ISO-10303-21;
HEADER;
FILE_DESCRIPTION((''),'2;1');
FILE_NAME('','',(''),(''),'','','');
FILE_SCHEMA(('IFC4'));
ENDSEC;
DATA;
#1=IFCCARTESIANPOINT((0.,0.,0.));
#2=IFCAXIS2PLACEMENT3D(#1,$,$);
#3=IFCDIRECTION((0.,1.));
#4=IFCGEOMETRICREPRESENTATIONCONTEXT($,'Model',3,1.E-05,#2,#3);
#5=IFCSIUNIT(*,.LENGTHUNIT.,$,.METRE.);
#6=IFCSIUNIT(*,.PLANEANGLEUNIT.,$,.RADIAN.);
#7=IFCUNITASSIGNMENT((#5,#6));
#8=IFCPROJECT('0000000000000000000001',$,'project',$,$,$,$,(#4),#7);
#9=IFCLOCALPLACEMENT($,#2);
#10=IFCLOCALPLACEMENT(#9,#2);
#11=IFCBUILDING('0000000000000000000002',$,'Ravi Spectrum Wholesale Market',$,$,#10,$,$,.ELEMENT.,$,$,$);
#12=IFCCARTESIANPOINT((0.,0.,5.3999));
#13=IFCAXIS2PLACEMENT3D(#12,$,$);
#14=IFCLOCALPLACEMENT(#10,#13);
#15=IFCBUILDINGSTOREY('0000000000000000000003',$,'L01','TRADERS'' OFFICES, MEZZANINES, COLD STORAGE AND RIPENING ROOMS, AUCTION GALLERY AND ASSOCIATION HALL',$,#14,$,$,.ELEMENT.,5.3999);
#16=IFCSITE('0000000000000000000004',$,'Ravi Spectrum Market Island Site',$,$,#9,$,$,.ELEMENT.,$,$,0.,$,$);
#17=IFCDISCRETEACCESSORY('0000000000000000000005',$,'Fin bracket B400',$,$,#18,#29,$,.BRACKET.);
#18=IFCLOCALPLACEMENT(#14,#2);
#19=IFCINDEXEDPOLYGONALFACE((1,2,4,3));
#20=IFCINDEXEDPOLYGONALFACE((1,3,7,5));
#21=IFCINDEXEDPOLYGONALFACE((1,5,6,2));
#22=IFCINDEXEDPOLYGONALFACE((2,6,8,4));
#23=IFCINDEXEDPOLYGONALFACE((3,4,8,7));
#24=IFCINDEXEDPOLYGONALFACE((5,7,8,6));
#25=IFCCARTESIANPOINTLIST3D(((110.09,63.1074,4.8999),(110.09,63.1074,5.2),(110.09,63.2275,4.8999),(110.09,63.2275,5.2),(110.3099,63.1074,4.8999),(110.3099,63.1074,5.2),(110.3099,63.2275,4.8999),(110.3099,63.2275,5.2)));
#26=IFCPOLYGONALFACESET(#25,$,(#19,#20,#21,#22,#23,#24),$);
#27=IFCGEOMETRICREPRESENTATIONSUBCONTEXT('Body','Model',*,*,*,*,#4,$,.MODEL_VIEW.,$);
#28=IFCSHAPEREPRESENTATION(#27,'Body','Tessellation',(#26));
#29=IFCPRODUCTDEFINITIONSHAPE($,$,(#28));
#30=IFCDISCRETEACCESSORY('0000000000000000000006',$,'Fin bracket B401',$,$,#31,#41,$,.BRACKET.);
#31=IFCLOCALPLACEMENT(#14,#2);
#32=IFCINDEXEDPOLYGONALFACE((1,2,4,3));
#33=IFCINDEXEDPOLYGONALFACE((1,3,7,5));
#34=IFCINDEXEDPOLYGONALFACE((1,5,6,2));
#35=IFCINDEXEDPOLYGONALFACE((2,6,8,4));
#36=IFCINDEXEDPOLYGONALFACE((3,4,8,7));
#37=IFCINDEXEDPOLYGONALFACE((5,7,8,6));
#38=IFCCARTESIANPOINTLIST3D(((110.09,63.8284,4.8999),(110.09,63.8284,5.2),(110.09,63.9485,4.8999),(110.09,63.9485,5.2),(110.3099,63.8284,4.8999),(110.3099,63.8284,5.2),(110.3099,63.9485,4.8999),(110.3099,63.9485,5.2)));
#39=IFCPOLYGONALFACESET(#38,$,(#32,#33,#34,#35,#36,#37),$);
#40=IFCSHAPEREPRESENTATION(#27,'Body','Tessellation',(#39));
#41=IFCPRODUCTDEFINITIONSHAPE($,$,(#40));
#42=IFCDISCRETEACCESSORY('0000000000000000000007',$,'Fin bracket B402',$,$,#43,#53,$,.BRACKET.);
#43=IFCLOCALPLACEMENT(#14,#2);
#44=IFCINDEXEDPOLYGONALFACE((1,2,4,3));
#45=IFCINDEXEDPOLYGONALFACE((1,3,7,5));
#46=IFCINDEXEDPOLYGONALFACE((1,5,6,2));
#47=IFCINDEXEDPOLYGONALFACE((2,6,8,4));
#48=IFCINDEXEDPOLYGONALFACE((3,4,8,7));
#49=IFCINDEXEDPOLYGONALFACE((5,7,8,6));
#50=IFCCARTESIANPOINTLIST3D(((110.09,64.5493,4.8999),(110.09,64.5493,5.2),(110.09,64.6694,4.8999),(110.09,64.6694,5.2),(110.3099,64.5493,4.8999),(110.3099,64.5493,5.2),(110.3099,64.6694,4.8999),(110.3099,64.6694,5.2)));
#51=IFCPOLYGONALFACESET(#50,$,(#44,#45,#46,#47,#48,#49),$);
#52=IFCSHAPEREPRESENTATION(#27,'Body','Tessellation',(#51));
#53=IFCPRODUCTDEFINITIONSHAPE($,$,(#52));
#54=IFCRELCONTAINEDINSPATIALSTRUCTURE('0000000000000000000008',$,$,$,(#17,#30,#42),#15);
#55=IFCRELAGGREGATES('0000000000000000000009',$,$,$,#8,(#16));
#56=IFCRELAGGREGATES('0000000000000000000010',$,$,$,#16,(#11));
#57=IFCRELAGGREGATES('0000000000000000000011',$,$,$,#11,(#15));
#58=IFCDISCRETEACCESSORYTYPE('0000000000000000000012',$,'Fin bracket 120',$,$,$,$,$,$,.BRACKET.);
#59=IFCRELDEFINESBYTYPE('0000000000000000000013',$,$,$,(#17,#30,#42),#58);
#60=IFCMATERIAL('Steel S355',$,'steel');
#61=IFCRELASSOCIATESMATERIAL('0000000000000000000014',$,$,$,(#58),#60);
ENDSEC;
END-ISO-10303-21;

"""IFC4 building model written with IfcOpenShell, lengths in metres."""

from ifc_helpers import new_model, si_unit, direction, frame, origin, origin_2d, place, context, subcontext, project, spatial, rectangle, extrude, material, type_object, element, save


model = new_model("IFC4")

# Units and contexts
model_context = context("Model", 3, precision=1e-05, world=origin(), true_north=direction((0.0, 1.0)))
body_context = subcontext(model_context, "Body", "Model", "MODEL_VIEW")
ifc_project = project(units=[si_unit("LENGTHUNIT", "METRE"), si_unit("PLANEANGLEUNIT", "RADIAN")], contexts=[model_context])

# Site, building, storey
site_placement = place(None, origin())
site = spatial("IfcSite", under=ifc_project, at=site_placement, Name="Ravi Spectrum Market Island Site", CompositionType="ELEMENT", RefElevation=0.0)
building_placement = place(site_placement, origin())
building = spatial("IfcBuilding", under=site, at=building_placement, Name="Ravi Spectrum Wholesale Market", CompositionType="ELEMENT")
storey_placement = place(building_placement, frame((0.0, 0.0, 5.3999)))
storey = spatial("IfcBuildingStorey", under=building, at=storey_placement, Name="L01", Description="TRADERS' OFFICES, MEZZANINES, COLD STORAGE AND RIPENING ROOMS, AUCTION GALLERY AND ASSOCIATION HALL", CompositionType="ELEMENT", Elevation=5.3999)

# Discrete accessories
ifc_material_1 = material(Name="Steel S355", Category="steel")
discrete_accessory_type = type_object("IfcDiscreteAccessoryType", Name="Fin bracket 120", PredefinedType="BRACKET", material=ifc_material_1)
for number, where, z_axis, x_axis, name in (
    (1, (110.2, 63.1675, 4.8999), (0.0, 0.0, 1.0), (0.0, 1.0, 0.0), "Fin bracket B400"),
    (2, (110.2, 63.8884, 4.8999), (0.0, 0.0, 1.0), (0.0, 1.0, 0.0), "Fin bracket B401"),
    (3, (110.2, 64.6094, 4.8999), (0.0, 0.0, 1.0), (0.0, 1.0, 0.0), "Fin bracket B402"),
):
    element("IfcDiscreteAccessory", number, at=place(storey_placement, frame(where, z_axis=z_axis, x_axis=x_axis)), inside=storey, type_object=discrete_accessory_type, Name=name, PredefinedType="BRACKET", context=body_context, shape_type="SweptSolid", body=[
        extrude(rectangle(XDim=0.1201, YDim=0.22, at=origin_2d()), origin(), (0.0, 0.0, 1.0), 0.3),
    ])

save(model, "model.ifc")
